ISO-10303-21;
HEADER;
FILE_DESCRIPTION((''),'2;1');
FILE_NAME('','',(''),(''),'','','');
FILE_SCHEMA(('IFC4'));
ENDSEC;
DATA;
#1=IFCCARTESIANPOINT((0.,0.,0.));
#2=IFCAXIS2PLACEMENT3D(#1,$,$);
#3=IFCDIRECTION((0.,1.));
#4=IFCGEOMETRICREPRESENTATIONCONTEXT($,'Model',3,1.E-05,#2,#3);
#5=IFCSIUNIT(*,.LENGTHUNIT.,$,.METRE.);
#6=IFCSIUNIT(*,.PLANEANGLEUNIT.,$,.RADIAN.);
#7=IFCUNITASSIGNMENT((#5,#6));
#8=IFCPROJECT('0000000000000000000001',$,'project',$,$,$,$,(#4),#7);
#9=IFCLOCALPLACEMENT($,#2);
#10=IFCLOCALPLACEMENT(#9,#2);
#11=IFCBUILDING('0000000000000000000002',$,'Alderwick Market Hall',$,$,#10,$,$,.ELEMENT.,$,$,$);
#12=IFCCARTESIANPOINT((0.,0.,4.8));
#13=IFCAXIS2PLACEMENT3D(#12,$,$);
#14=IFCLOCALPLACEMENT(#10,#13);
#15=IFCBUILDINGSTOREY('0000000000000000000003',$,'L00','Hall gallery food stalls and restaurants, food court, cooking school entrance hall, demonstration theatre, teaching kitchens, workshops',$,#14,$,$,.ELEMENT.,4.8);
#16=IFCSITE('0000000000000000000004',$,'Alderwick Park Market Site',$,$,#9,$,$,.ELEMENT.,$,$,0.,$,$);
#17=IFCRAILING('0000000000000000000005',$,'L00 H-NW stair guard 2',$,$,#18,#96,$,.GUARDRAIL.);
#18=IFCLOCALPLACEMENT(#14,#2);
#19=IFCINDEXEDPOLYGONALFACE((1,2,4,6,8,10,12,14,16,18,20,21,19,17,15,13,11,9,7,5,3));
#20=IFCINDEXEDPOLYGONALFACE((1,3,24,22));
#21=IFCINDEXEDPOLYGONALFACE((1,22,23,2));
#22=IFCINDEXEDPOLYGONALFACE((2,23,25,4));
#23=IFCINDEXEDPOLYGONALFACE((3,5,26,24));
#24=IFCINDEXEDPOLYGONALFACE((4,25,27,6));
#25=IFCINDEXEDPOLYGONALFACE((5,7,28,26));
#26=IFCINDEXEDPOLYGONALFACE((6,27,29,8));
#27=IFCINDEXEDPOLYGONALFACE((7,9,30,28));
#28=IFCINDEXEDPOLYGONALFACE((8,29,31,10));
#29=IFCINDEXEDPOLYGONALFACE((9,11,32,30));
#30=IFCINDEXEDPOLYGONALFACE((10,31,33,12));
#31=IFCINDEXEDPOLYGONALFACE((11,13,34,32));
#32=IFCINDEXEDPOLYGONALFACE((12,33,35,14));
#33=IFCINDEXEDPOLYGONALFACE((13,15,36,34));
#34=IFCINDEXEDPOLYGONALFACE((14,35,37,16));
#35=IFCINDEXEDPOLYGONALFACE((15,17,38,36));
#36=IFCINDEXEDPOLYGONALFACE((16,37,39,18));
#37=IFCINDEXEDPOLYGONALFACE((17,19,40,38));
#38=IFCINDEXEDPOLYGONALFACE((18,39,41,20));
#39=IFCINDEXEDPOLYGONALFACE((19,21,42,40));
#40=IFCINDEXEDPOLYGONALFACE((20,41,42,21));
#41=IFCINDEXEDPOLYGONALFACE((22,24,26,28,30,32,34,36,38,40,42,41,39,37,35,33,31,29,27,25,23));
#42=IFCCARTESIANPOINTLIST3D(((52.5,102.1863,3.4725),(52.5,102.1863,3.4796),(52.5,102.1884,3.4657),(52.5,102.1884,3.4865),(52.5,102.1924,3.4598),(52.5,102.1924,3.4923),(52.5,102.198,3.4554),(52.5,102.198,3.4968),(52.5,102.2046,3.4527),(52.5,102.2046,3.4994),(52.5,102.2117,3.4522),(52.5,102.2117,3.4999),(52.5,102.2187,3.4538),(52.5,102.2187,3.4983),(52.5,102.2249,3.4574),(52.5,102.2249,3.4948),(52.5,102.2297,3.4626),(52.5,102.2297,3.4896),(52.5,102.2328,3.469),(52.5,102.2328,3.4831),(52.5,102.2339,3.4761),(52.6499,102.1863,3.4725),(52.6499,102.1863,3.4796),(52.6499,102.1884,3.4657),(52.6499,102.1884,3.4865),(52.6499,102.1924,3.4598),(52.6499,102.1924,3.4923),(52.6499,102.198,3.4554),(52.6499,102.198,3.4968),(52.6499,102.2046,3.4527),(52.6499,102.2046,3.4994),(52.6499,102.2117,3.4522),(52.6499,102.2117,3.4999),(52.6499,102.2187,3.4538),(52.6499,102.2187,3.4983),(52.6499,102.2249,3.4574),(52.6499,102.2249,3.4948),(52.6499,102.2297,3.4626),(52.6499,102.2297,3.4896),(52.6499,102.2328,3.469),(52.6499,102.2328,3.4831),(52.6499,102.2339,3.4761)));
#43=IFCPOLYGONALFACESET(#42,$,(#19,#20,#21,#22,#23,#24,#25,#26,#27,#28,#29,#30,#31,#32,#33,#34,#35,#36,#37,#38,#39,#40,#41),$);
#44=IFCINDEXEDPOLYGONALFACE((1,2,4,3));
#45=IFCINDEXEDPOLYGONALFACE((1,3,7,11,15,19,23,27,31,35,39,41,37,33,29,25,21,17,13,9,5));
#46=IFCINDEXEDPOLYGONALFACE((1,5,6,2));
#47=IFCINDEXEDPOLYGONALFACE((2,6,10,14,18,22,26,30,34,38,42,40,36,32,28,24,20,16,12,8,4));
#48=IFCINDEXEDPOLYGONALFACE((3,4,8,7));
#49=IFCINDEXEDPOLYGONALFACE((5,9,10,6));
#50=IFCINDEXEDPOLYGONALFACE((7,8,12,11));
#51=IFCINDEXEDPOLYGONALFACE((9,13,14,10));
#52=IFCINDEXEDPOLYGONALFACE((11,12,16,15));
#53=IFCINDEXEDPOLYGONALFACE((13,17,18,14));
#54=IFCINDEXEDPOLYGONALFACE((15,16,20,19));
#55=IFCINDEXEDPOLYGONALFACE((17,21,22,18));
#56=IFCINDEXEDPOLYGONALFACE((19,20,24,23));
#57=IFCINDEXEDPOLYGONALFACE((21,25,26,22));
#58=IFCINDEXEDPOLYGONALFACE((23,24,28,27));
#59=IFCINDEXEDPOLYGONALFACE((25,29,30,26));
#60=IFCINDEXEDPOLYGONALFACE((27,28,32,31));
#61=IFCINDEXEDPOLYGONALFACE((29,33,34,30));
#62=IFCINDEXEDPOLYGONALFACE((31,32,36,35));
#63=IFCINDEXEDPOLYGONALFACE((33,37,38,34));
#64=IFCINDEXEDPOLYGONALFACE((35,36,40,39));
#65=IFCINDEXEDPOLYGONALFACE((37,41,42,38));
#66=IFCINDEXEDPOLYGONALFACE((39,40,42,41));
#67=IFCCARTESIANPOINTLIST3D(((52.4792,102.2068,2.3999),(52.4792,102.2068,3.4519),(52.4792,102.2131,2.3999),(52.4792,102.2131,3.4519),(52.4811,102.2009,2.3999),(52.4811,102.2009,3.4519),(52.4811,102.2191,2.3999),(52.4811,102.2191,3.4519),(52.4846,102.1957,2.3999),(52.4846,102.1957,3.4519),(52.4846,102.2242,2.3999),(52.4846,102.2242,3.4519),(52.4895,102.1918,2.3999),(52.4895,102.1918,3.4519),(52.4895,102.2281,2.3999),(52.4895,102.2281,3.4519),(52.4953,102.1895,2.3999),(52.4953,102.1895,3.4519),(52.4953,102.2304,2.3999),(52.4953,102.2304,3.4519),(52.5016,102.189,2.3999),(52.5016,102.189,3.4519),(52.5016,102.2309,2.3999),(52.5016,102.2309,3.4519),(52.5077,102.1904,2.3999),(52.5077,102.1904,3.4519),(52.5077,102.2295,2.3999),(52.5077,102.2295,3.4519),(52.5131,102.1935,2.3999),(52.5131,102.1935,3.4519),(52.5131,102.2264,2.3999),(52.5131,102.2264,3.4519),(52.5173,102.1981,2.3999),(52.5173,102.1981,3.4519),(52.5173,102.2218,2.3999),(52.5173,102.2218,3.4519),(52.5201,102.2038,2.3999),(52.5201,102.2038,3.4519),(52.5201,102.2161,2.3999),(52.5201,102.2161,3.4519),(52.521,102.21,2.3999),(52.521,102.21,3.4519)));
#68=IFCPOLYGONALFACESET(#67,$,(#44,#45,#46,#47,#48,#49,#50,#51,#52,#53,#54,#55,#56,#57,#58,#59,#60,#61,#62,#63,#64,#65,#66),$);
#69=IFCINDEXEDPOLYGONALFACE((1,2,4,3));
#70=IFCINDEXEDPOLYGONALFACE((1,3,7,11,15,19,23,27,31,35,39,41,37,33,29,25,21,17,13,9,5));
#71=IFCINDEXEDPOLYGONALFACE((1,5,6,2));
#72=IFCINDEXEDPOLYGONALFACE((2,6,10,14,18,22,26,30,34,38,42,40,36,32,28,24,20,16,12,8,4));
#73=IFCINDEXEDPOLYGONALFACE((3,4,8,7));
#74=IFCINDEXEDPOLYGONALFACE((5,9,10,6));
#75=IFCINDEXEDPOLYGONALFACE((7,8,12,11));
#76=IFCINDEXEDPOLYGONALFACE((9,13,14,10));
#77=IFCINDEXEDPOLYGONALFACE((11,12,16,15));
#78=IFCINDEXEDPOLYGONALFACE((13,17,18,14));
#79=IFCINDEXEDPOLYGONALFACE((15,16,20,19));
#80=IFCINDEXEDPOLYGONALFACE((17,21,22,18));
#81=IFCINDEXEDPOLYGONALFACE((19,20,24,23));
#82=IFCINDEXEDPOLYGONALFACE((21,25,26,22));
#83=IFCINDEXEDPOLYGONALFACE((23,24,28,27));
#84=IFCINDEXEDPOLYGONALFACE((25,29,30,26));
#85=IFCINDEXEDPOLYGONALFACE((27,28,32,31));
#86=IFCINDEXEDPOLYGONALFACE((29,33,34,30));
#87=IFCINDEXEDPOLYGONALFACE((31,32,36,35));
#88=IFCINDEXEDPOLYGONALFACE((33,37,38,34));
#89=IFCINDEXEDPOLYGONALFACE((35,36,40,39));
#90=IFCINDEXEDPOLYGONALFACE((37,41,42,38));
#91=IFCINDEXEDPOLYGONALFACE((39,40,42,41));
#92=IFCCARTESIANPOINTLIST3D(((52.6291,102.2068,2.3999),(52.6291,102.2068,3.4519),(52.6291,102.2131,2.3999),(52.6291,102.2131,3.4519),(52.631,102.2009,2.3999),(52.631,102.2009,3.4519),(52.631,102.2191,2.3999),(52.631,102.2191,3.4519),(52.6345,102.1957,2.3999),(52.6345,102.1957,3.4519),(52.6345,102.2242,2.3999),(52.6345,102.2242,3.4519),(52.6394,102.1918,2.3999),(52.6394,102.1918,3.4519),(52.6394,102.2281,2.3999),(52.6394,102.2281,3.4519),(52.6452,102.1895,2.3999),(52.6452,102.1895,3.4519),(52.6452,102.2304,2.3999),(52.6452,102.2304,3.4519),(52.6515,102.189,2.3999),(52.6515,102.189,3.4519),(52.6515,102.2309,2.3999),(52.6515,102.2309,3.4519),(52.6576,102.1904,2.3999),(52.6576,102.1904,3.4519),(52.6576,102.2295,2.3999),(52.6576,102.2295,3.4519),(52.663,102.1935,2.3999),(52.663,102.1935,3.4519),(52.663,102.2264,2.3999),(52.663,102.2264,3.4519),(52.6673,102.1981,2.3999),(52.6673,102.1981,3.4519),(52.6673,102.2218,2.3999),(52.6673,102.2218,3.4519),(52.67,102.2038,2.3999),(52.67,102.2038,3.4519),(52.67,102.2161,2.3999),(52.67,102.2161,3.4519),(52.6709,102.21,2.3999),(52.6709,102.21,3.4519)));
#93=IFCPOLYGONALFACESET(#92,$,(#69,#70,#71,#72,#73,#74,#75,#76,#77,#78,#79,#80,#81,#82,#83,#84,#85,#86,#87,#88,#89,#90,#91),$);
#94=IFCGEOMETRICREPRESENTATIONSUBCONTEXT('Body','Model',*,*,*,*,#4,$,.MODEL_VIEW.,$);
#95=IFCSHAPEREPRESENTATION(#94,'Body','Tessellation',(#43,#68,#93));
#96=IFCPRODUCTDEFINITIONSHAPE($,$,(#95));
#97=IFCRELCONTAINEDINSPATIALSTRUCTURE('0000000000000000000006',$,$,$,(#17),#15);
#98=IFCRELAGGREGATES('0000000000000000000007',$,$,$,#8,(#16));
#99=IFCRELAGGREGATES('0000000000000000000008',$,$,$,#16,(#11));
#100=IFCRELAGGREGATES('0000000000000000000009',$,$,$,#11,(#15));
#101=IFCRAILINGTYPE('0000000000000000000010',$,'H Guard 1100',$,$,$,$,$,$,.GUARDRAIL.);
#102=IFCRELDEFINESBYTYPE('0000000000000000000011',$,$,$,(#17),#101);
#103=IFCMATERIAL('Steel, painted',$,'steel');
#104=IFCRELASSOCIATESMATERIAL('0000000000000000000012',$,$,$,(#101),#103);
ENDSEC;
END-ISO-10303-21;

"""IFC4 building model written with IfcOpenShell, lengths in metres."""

from ifc_helpers import new_model, si_unit, direction, frame, origin, origin_2d, place, context, subcontext, project, spatial, circle, extrude, material, type_object, element, save


model = new_model("IFC4")

# Units and contexts
model_context = context("Model", 3, precision=1e-05, world=origin(), true_north=direction((0.0, 1.0)))
body_context = subcontext(model_context, "Body", "Model", "MODEL_VIEW")
ifc_project = project(units=[si_unit("LENGTHUNIT", "METRE"), si_unit("PLANEANGLEUNIT", "RADIAN")], contexts=[model_context])

# Site, building, storey
site_placement = place(None, origin())
site = spatial("IfcSite", under=ifc_project, at=site_placement, Name="Alderwick Park Market Site", CompositionType="ELEMENT", RefElevation=0.0)
building_placement = place(site_placement, origin())
building = spatial("IfcBuilding", under=site, at=building_placement, Name="Alderwick Market Hall", CompositionType="ELEMENT")
storey_placement = place(building_placement, frame((0.0, 0.0, 4.8)))
storey = spatial("IfcBuildingStorey", under=building, at=storey_placement, Name="L00", Description="Hall gallery food stalls and restaurants, food court, cooking school entrance hall, demonstration theatre, teaching kitchens, workshops", CompositionType="ELEMENT", Elevation=4.8)

# Railing
ifc_material_1 = material(Name="Steel, painted", Category="steel")
railing_type_1 = type_object("IfcRailingType", Name="H Guard 1100", PredefinedType="GUARDRAIL", material=ifc_material_1)
railing_1_placement = place(storey_placement, frame((52.5, 102.21, 2.3999)))
element("IfcRailing", 1, at=railing_1_placement, inside=storey, type_object=railing_type_1, Name="L00 H-NW stair guard 2", PredefinedType="GUARDRAIL", context=body_context, shape_type="SweptSolid", body=[
    extrude(circle(Radius=0.0239, at=origin_2d()), frame((0.0, 0.0, 1.0762), z_axis=(1.0, 0.0, 0.0), x_axis=(0.0, 1.0, 0.0)), (0.0, 0.0, 1.0), 0.1499),
    extrude(circle(Radius=0.021, at=origin_2d()), origin(), (0.0, 0.0, 1.0), 1.052),
    extrude(circle(Radius=0.021, at=origin_2d()), frame((0.1499, 0.0, 0.0)), (0.0, 0.0, 1.0), 1.052),
])

save(model, "model.ifc")
